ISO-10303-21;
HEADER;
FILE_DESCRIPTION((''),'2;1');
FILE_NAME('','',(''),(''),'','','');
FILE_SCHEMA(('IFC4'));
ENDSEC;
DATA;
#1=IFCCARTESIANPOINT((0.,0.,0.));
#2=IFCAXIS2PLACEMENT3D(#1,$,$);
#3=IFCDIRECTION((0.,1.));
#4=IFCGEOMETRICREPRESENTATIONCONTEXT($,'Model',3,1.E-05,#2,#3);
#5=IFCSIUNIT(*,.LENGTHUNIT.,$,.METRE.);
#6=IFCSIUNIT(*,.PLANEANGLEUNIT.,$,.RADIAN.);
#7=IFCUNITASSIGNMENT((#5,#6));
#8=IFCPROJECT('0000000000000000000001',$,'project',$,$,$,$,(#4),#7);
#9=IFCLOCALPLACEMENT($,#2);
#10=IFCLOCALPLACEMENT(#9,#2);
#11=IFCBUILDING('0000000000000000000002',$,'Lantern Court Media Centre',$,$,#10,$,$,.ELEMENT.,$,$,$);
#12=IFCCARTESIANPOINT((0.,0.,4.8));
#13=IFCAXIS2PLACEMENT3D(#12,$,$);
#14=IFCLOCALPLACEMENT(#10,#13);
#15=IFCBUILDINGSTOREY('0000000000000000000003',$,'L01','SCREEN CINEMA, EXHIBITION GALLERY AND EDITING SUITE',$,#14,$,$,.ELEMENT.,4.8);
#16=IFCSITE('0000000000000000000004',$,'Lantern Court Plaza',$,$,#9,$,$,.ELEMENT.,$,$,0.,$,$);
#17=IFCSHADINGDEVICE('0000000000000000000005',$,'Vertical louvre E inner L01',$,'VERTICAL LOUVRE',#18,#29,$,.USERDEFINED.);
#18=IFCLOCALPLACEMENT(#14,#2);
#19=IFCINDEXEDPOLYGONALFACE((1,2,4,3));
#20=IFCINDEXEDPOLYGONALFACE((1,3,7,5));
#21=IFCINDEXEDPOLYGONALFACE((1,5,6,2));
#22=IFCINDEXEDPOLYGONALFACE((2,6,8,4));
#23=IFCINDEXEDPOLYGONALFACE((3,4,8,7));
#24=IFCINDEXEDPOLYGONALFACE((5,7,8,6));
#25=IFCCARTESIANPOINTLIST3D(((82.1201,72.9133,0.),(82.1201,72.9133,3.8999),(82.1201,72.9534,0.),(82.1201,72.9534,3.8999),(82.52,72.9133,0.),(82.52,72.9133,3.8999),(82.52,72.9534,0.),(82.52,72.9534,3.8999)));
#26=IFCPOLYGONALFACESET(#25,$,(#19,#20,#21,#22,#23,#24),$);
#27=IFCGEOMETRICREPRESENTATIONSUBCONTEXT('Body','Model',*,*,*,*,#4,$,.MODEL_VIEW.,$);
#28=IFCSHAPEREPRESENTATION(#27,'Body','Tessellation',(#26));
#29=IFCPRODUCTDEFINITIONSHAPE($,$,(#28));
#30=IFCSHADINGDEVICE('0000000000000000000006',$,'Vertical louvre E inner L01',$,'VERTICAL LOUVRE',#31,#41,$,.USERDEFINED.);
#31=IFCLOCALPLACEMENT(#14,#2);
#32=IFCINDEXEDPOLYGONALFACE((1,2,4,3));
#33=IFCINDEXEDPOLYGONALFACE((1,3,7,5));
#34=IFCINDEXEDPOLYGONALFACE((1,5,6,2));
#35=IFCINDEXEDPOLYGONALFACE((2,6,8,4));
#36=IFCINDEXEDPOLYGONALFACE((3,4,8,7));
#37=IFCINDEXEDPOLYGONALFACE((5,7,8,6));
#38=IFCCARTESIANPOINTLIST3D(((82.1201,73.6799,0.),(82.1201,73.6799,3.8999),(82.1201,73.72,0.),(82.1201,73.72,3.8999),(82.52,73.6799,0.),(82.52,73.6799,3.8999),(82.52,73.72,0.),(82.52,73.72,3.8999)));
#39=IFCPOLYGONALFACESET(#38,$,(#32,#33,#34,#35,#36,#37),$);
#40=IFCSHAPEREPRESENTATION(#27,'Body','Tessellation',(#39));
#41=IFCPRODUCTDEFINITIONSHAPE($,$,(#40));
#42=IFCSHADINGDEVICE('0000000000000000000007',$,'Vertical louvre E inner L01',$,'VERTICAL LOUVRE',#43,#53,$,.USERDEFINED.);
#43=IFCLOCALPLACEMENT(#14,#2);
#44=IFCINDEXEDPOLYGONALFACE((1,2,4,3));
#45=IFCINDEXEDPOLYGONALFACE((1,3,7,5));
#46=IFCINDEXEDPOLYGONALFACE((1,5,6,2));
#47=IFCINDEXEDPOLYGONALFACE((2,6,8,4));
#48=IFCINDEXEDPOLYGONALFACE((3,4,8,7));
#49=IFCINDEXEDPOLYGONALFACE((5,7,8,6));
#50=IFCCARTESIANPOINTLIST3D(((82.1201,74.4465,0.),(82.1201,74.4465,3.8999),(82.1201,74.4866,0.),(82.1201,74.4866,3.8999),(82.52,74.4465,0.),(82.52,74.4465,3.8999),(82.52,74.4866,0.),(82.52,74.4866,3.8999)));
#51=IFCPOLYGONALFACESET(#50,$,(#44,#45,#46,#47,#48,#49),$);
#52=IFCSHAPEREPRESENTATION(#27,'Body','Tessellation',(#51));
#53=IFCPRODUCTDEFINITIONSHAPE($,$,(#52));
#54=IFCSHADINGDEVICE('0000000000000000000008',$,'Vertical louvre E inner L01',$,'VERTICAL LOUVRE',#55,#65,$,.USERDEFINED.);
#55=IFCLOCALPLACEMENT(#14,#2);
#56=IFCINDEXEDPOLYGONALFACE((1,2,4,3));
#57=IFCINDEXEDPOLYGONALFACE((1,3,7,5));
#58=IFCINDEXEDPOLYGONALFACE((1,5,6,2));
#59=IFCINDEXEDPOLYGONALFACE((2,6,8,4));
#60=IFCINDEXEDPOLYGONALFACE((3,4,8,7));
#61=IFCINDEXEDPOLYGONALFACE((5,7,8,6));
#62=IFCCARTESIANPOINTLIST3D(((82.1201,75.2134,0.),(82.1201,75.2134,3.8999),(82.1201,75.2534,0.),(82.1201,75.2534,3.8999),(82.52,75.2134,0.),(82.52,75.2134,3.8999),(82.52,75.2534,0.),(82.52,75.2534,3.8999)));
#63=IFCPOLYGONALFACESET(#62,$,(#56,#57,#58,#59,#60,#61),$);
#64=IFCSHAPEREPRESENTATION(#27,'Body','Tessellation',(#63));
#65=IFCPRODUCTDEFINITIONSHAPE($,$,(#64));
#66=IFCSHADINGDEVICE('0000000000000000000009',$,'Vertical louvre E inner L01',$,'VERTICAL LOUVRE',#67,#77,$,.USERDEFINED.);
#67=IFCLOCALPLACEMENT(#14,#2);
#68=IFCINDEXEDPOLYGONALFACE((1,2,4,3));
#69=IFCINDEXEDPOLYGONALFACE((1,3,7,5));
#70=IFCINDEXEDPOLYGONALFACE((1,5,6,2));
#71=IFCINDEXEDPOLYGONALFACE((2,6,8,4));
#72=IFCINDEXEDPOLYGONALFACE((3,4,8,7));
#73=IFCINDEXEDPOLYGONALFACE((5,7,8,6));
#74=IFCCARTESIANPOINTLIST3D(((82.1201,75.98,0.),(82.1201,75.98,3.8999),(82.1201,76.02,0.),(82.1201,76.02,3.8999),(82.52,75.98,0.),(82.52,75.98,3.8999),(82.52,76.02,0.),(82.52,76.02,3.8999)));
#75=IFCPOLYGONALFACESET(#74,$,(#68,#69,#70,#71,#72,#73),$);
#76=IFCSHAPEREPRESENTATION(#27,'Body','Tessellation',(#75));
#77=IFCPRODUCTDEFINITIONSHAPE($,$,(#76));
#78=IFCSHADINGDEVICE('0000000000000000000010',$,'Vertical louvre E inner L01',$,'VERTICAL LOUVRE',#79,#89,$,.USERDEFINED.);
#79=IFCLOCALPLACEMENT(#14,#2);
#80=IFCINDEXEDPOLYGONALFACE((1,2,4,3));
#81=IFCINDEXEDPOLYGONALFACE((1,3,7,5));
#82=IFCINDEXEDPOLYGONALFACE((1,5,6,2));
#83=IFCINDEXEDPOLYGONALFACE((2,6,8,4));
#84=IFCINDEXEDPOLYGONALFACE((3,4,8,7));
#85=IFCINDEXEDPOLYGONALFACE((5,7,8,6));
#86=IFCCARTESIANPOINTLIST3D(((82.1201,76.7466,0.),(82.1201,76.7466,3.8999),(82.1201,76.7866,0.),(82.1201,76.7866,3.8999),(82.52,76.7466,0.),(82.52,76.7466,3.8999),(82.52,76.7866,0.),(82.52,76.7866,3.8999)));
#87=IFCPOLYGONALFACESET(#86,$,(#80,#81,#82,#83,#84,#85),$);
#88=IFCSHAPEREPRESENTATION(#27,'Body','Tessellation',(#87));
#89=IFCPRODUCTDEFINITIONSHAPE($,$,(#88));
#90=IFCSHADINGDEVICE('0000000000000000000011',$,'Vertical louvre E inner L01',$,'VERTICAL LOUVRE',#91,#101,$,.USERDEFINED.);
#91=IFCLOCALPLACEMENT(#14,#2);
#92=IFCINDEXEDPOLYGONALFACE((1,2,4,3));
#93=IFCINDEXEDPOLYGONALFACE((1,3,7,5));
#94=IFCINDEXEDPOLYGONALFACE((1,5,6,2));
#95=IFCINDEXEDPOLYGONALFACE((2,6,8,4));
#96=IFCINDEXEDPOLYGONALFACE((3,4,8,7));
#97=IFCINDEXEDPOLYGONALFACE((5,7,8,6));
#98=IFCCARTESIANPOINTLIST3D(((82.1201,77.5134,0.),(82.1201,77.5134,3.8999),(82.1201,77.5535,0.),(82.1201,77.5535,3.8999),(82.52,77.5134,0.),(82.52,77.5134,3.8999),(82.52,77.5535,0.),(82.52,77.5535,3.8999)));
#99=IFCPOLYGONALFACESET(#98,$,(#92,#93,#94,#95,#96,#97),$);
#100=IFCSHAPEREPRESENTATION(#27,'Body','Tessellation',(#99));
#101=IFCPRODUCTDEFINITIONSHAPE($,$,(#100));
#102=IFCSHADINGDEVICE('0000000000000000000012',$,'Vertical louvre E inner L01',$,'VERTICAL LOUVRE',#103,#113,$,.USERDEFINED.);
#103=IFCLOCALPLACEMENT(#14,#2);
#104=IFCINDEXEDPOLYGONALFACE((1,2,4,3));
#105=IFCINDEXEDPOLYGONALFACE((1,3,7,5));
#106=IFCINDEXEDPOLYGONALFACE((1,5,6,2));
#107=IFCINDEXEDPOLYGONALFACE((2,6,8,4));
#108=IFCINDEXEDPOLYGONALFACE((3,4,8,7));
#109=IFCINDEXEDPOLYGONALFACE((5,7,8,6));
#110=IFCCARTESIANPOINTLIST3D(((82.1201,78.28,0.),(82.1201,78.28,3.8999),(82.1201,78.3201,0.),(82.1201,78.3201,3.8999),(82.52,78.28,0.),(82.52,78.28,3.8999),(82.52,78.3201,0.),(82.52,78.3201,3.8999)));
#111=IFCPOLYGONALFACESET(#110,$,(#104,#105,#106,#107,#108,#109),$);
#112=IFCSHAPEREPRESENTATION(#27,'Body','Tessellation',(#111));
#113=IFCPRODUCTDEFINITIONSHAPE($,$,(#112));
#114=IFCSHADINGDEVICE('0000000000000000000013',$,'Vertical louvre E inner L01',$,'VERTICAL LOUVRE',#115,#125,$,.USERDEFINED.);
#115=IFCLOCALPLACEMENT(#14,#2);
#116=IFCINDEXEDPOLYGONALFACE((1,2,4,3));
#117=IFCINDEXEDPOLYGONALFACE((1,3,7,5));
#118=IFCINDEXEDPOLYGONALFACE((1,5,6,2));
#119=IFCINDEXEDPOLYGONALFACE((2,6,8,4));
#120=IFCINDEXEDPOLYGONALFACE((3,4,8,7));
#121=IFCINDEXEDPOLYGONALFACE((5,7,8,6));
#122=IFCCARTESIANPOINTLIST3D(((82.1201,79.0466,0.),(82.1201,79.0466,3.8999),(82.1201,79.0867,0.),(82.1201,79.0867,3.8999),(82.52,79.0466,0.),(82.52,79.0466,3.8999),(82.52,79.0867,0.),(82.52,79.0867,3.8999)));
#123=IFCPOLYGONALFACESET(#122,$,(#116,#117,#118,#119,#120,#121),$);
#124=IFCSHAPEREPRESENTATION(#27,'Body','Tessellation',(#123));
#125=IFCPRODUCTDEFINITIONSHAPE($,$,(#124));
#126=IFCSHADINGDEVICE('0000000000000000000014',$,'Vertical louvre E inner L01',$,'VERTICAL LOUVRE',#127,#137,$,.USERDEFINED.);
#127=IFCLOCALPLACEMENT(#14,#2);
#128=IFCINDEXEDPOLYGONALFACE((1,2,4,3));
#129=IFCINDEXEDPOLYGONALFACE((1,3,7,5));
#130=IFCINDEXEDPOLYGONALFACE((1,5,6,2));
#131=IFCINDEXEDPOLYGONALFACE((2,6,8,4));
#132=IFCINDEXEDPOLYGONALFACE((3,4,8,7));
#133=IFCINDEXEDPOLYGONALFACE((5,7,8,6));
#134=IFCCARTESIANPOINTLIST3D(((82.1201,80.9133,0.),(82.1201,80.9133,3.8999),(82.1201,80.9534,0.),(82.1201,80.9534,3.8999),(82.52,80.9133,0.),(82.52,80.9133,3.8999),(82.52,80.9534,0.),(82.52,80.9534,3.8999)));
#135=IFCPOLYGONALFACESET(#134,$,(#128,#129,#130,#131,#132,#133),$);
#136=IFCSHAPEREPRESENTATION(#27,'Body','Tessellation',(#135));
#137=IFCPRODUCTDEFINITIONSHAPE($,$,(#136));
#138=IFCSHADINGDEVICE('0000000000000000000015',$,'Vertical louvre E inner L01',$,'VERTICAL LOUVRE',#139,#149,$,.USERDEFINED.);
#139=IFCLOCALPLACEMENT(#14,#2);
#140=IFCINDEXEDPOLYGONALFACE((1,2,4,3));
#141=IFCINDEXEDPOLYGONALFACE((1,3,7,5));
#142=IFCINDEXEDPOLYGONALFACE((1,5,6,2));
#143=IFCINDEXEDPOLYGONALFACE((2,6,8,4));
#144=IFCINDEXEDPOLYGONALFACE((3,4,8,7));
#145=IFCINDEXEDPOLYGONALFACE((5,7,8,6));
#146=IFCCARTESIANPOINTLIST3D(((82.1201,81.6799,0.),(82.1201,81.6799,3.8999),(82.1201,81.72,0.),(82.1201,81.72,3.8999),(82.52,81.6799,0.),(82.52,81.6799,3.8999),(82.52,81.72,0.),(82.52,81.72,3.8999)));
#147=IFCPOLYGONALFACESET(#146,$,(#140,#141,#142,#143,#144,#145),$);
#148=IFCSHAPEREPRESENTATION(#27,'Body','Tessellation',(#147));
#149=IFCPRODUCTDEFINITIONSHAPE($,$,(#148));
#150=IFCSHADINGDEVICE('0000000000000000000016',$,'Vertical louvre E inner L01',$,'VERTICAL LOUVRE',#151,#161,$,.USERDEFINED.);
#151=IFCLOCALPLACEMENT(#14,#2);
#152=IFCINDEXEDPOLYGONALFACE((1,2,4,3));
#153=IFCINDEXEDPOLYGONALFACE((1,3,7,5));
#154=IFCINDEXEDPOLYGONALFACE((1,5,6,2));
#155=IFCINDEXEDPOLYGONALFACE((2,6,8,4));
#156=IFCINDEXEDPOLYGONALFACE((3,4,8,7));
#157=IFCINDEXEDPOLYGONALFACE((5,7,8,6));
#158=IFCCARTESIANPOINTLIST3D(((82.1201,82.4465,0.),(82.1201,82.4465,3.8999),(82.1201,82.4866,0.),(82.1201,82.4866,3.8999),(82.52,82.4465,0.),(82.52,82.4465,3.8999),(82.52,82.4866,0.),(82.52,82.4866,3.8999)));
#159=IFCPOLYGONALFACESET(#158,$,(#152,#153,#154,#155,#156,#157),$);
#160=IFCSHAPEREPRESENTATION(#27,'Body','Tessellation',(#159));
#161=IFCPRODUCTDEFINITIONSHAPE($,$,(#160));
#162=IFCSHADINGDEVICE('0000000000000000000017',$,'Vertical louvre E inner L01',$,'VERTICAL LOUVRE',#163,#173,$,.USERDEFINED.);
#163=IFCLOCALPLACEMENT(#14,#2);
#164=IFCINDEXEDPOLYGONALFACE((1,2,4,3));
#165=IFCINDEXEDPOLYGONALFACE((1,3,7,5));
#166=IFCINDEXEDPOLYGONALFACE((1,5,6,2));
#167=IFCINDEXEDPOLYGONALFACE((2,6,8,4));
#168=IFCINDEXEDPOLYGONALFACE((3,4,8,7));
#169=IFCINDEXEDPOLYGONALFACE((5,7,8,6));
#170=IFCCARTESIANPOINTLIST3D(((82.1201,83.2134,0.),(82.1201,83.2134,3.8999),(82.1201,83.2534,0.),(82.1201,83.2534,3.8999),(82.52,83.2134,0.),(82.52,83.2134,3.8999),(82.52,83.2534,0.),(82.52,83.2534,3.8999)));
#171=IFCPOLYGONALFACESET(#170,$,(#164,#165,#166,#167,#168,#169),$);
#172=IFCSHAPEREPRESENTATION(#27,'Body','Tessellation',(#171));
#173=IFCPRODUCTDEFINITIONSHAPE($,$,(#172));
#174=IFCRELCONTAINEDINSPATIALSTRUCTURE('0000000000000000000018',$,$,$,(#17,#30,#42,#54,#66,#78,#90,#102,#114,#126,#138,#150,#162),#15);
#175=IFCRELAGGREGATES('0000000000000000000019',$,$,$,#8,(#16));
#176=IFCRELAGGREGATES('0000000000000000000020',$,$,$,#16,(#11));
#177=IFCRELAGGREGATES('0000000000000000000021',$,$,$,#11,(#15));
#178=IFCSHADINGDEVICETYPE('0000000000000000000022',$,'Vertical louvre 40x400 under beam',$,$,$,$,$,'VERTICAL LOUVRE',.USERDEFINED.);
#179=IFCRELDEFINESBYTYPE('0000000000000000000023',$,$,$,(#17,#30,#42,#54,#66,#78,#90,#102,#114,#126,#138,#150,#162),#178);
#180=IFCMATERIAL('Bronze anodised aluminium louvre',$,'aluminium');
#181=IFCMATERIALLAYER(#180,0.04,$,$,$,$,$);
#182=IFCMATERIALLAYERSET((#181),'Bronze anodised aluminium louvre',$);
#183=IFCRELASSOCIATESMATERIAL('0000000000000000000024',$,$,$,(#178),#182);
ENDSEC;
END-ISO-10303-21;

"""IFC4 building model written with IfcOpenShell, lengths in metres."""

from ifc_helpers import new_model, si_unit, direction, frame, origin, origin_2d, place, context, subcontext, project, spatial, rectangle, extrude, material, layer, layer_set, type_object, element, save


model = new_model("IFC4")

# Units and contexts
model_context = context("Model", 3, precision=1e-05, world=origin(), true_north=direction((0.0, 1.0)))
body_context = subcontext(model_context, "Body", "Model", "MODEL_VIEW")
ifc_project = project(units=[si_unit("LENGTHUNIT", "METRE"), si_unit("PLANEANGLEUNIT", "RADIAN")], contexts=[model_context])

# Site, building, storey
site_placement = place(None, origin())
site = spatial("IfcSite", under=ifc_project, at=site_placement, Name="Lantern Court Plaza", CompositionType="ELEMENT", RefElevation=0.0)
building_placement = place(site_placement, origin())
building = spatial("IfcBuilding", under=site, at=building_placement, Name="Lantern Court Media Centre", CompositionType="ELEMENT")
storey_placement = place(building_placement, frame((0.0, 0.0, 4.8)))
storey = spatial("IfcBuildingStorey", under=building, at=storey_placement, Name="L01", Description="SCREEN CINEMA, EXHIBITION GALLERY AND EDITING SUITE", CompositionType="ELEMENT", Elevation=4.8)

# Shading devices
ifc_material_1 = material(Name="Bronze anodised aluminium louvre", Category="aluminium")
ifc_layer_1 = layer(ifc_material_1, 0.04)
ifc_layer_set_1 = layer_set([ifc_layer_1], Name="Bronze anodised aluminium louvre")
shading_device_type = type_object("IfcShadingDeviceType", Name="Vertical louvre 40x400 under beam", ElementType="VERTICAL LOUVRE", PredefinedType="USERDEFINED", material=ifc_layer_set_1)
for number, where, z_axis, x_axis, name in (
    (1, (82.3201, 72.9333, 0.0), (0.0, 0.0, 1.0), (1.0, 0.0, 0.0), "Vertical louvre E inner L01"),
    (2, (82.3201, 73.7, 0.0), (0.0, 0.0, 1.0), (1.0, 0.0, 0.0), "Vertical louvre E inner L01"),
    (3, (82.3201, 74.4666, 0.0), (0.0, 0.0, 1.0), (1.0, 0.0, 0.0), "Vertical louvre E inner L01"),
    (4, (82.3201, 75.2334, 0.0), (0.0, 0.0, 1.0), (1.0, 0.0, 0.0), "Vertical louvre E inner L01"),
    (5, (82.3201, 76.0, 0.0), (0.0, 0.0, 1.0), (1.0, 0.0, 0.0), "Vertical louvre E inner L01"),
    (6, (82.3201, 76.7666, 0.0), (0.0, 0.0, 1.0), (1.0, 0.0, 0.0), "Vertical louvre E inner L01"),
    (7, (82.3201, 77.5334, 0.0), (0.0, 0.0, 1.0), (1.0, 0.0, 0.0), "Vertical louvre E inner L01"),
    (8, (82.3201, 78.3, 0.0), (0.0, 0.0, 1.0), (1.0, 0.0, 0.0), "Vertical louvre E inner L01"),
    (9, (82.3201, 79.0667, 0.0), (0.0, 0.0, 1.0), (1.0, 0.0, 0.0), "Vertical louvre E inner L01"),
    (10, (82.3201, 80.9333, 0.0), (0.0, 0.0, 1.0), (1.0, 0.0, 0.0), "Vertical louvre E inner L01"),
    (11, (82.3201, 81.7, 0.0), (0.0, 0.0, 1.0), (1.0, 0.0, 0.0), "Vertical louvre E inner L01"),
    (12, (82.3201, 82.4666, 0.0), (0.0, 0.0, 1.0), (1.0, 0.0, 0.0), "Vertical louvre E inner L01"),
    (13, (82.3201, 83.2334, 0.0), (0.0, 0.0, 1.0), (1.0, 0.0, 0.0), "Vertical louvre E inner L01"),
):
    element("IfcShadingDevice", number, at=place(storey_placement, frame(where, z_axis=z_axis, x_axis=x_axis)), inside=storey, type_object=shading_device_type, Name=name, ObjectType="VERTICAL LOUVRE", PredefinedType="USERDEFINED", context=body_context, shape_type="SweptSolid", body=[
        extrude(rectangle(XDim=0.3999, YDim=0.04, at=origin_2d()), origin(), (0.0, 0.0, 1.0), 3.8999),
    ])

save(model, "model.ifc")
